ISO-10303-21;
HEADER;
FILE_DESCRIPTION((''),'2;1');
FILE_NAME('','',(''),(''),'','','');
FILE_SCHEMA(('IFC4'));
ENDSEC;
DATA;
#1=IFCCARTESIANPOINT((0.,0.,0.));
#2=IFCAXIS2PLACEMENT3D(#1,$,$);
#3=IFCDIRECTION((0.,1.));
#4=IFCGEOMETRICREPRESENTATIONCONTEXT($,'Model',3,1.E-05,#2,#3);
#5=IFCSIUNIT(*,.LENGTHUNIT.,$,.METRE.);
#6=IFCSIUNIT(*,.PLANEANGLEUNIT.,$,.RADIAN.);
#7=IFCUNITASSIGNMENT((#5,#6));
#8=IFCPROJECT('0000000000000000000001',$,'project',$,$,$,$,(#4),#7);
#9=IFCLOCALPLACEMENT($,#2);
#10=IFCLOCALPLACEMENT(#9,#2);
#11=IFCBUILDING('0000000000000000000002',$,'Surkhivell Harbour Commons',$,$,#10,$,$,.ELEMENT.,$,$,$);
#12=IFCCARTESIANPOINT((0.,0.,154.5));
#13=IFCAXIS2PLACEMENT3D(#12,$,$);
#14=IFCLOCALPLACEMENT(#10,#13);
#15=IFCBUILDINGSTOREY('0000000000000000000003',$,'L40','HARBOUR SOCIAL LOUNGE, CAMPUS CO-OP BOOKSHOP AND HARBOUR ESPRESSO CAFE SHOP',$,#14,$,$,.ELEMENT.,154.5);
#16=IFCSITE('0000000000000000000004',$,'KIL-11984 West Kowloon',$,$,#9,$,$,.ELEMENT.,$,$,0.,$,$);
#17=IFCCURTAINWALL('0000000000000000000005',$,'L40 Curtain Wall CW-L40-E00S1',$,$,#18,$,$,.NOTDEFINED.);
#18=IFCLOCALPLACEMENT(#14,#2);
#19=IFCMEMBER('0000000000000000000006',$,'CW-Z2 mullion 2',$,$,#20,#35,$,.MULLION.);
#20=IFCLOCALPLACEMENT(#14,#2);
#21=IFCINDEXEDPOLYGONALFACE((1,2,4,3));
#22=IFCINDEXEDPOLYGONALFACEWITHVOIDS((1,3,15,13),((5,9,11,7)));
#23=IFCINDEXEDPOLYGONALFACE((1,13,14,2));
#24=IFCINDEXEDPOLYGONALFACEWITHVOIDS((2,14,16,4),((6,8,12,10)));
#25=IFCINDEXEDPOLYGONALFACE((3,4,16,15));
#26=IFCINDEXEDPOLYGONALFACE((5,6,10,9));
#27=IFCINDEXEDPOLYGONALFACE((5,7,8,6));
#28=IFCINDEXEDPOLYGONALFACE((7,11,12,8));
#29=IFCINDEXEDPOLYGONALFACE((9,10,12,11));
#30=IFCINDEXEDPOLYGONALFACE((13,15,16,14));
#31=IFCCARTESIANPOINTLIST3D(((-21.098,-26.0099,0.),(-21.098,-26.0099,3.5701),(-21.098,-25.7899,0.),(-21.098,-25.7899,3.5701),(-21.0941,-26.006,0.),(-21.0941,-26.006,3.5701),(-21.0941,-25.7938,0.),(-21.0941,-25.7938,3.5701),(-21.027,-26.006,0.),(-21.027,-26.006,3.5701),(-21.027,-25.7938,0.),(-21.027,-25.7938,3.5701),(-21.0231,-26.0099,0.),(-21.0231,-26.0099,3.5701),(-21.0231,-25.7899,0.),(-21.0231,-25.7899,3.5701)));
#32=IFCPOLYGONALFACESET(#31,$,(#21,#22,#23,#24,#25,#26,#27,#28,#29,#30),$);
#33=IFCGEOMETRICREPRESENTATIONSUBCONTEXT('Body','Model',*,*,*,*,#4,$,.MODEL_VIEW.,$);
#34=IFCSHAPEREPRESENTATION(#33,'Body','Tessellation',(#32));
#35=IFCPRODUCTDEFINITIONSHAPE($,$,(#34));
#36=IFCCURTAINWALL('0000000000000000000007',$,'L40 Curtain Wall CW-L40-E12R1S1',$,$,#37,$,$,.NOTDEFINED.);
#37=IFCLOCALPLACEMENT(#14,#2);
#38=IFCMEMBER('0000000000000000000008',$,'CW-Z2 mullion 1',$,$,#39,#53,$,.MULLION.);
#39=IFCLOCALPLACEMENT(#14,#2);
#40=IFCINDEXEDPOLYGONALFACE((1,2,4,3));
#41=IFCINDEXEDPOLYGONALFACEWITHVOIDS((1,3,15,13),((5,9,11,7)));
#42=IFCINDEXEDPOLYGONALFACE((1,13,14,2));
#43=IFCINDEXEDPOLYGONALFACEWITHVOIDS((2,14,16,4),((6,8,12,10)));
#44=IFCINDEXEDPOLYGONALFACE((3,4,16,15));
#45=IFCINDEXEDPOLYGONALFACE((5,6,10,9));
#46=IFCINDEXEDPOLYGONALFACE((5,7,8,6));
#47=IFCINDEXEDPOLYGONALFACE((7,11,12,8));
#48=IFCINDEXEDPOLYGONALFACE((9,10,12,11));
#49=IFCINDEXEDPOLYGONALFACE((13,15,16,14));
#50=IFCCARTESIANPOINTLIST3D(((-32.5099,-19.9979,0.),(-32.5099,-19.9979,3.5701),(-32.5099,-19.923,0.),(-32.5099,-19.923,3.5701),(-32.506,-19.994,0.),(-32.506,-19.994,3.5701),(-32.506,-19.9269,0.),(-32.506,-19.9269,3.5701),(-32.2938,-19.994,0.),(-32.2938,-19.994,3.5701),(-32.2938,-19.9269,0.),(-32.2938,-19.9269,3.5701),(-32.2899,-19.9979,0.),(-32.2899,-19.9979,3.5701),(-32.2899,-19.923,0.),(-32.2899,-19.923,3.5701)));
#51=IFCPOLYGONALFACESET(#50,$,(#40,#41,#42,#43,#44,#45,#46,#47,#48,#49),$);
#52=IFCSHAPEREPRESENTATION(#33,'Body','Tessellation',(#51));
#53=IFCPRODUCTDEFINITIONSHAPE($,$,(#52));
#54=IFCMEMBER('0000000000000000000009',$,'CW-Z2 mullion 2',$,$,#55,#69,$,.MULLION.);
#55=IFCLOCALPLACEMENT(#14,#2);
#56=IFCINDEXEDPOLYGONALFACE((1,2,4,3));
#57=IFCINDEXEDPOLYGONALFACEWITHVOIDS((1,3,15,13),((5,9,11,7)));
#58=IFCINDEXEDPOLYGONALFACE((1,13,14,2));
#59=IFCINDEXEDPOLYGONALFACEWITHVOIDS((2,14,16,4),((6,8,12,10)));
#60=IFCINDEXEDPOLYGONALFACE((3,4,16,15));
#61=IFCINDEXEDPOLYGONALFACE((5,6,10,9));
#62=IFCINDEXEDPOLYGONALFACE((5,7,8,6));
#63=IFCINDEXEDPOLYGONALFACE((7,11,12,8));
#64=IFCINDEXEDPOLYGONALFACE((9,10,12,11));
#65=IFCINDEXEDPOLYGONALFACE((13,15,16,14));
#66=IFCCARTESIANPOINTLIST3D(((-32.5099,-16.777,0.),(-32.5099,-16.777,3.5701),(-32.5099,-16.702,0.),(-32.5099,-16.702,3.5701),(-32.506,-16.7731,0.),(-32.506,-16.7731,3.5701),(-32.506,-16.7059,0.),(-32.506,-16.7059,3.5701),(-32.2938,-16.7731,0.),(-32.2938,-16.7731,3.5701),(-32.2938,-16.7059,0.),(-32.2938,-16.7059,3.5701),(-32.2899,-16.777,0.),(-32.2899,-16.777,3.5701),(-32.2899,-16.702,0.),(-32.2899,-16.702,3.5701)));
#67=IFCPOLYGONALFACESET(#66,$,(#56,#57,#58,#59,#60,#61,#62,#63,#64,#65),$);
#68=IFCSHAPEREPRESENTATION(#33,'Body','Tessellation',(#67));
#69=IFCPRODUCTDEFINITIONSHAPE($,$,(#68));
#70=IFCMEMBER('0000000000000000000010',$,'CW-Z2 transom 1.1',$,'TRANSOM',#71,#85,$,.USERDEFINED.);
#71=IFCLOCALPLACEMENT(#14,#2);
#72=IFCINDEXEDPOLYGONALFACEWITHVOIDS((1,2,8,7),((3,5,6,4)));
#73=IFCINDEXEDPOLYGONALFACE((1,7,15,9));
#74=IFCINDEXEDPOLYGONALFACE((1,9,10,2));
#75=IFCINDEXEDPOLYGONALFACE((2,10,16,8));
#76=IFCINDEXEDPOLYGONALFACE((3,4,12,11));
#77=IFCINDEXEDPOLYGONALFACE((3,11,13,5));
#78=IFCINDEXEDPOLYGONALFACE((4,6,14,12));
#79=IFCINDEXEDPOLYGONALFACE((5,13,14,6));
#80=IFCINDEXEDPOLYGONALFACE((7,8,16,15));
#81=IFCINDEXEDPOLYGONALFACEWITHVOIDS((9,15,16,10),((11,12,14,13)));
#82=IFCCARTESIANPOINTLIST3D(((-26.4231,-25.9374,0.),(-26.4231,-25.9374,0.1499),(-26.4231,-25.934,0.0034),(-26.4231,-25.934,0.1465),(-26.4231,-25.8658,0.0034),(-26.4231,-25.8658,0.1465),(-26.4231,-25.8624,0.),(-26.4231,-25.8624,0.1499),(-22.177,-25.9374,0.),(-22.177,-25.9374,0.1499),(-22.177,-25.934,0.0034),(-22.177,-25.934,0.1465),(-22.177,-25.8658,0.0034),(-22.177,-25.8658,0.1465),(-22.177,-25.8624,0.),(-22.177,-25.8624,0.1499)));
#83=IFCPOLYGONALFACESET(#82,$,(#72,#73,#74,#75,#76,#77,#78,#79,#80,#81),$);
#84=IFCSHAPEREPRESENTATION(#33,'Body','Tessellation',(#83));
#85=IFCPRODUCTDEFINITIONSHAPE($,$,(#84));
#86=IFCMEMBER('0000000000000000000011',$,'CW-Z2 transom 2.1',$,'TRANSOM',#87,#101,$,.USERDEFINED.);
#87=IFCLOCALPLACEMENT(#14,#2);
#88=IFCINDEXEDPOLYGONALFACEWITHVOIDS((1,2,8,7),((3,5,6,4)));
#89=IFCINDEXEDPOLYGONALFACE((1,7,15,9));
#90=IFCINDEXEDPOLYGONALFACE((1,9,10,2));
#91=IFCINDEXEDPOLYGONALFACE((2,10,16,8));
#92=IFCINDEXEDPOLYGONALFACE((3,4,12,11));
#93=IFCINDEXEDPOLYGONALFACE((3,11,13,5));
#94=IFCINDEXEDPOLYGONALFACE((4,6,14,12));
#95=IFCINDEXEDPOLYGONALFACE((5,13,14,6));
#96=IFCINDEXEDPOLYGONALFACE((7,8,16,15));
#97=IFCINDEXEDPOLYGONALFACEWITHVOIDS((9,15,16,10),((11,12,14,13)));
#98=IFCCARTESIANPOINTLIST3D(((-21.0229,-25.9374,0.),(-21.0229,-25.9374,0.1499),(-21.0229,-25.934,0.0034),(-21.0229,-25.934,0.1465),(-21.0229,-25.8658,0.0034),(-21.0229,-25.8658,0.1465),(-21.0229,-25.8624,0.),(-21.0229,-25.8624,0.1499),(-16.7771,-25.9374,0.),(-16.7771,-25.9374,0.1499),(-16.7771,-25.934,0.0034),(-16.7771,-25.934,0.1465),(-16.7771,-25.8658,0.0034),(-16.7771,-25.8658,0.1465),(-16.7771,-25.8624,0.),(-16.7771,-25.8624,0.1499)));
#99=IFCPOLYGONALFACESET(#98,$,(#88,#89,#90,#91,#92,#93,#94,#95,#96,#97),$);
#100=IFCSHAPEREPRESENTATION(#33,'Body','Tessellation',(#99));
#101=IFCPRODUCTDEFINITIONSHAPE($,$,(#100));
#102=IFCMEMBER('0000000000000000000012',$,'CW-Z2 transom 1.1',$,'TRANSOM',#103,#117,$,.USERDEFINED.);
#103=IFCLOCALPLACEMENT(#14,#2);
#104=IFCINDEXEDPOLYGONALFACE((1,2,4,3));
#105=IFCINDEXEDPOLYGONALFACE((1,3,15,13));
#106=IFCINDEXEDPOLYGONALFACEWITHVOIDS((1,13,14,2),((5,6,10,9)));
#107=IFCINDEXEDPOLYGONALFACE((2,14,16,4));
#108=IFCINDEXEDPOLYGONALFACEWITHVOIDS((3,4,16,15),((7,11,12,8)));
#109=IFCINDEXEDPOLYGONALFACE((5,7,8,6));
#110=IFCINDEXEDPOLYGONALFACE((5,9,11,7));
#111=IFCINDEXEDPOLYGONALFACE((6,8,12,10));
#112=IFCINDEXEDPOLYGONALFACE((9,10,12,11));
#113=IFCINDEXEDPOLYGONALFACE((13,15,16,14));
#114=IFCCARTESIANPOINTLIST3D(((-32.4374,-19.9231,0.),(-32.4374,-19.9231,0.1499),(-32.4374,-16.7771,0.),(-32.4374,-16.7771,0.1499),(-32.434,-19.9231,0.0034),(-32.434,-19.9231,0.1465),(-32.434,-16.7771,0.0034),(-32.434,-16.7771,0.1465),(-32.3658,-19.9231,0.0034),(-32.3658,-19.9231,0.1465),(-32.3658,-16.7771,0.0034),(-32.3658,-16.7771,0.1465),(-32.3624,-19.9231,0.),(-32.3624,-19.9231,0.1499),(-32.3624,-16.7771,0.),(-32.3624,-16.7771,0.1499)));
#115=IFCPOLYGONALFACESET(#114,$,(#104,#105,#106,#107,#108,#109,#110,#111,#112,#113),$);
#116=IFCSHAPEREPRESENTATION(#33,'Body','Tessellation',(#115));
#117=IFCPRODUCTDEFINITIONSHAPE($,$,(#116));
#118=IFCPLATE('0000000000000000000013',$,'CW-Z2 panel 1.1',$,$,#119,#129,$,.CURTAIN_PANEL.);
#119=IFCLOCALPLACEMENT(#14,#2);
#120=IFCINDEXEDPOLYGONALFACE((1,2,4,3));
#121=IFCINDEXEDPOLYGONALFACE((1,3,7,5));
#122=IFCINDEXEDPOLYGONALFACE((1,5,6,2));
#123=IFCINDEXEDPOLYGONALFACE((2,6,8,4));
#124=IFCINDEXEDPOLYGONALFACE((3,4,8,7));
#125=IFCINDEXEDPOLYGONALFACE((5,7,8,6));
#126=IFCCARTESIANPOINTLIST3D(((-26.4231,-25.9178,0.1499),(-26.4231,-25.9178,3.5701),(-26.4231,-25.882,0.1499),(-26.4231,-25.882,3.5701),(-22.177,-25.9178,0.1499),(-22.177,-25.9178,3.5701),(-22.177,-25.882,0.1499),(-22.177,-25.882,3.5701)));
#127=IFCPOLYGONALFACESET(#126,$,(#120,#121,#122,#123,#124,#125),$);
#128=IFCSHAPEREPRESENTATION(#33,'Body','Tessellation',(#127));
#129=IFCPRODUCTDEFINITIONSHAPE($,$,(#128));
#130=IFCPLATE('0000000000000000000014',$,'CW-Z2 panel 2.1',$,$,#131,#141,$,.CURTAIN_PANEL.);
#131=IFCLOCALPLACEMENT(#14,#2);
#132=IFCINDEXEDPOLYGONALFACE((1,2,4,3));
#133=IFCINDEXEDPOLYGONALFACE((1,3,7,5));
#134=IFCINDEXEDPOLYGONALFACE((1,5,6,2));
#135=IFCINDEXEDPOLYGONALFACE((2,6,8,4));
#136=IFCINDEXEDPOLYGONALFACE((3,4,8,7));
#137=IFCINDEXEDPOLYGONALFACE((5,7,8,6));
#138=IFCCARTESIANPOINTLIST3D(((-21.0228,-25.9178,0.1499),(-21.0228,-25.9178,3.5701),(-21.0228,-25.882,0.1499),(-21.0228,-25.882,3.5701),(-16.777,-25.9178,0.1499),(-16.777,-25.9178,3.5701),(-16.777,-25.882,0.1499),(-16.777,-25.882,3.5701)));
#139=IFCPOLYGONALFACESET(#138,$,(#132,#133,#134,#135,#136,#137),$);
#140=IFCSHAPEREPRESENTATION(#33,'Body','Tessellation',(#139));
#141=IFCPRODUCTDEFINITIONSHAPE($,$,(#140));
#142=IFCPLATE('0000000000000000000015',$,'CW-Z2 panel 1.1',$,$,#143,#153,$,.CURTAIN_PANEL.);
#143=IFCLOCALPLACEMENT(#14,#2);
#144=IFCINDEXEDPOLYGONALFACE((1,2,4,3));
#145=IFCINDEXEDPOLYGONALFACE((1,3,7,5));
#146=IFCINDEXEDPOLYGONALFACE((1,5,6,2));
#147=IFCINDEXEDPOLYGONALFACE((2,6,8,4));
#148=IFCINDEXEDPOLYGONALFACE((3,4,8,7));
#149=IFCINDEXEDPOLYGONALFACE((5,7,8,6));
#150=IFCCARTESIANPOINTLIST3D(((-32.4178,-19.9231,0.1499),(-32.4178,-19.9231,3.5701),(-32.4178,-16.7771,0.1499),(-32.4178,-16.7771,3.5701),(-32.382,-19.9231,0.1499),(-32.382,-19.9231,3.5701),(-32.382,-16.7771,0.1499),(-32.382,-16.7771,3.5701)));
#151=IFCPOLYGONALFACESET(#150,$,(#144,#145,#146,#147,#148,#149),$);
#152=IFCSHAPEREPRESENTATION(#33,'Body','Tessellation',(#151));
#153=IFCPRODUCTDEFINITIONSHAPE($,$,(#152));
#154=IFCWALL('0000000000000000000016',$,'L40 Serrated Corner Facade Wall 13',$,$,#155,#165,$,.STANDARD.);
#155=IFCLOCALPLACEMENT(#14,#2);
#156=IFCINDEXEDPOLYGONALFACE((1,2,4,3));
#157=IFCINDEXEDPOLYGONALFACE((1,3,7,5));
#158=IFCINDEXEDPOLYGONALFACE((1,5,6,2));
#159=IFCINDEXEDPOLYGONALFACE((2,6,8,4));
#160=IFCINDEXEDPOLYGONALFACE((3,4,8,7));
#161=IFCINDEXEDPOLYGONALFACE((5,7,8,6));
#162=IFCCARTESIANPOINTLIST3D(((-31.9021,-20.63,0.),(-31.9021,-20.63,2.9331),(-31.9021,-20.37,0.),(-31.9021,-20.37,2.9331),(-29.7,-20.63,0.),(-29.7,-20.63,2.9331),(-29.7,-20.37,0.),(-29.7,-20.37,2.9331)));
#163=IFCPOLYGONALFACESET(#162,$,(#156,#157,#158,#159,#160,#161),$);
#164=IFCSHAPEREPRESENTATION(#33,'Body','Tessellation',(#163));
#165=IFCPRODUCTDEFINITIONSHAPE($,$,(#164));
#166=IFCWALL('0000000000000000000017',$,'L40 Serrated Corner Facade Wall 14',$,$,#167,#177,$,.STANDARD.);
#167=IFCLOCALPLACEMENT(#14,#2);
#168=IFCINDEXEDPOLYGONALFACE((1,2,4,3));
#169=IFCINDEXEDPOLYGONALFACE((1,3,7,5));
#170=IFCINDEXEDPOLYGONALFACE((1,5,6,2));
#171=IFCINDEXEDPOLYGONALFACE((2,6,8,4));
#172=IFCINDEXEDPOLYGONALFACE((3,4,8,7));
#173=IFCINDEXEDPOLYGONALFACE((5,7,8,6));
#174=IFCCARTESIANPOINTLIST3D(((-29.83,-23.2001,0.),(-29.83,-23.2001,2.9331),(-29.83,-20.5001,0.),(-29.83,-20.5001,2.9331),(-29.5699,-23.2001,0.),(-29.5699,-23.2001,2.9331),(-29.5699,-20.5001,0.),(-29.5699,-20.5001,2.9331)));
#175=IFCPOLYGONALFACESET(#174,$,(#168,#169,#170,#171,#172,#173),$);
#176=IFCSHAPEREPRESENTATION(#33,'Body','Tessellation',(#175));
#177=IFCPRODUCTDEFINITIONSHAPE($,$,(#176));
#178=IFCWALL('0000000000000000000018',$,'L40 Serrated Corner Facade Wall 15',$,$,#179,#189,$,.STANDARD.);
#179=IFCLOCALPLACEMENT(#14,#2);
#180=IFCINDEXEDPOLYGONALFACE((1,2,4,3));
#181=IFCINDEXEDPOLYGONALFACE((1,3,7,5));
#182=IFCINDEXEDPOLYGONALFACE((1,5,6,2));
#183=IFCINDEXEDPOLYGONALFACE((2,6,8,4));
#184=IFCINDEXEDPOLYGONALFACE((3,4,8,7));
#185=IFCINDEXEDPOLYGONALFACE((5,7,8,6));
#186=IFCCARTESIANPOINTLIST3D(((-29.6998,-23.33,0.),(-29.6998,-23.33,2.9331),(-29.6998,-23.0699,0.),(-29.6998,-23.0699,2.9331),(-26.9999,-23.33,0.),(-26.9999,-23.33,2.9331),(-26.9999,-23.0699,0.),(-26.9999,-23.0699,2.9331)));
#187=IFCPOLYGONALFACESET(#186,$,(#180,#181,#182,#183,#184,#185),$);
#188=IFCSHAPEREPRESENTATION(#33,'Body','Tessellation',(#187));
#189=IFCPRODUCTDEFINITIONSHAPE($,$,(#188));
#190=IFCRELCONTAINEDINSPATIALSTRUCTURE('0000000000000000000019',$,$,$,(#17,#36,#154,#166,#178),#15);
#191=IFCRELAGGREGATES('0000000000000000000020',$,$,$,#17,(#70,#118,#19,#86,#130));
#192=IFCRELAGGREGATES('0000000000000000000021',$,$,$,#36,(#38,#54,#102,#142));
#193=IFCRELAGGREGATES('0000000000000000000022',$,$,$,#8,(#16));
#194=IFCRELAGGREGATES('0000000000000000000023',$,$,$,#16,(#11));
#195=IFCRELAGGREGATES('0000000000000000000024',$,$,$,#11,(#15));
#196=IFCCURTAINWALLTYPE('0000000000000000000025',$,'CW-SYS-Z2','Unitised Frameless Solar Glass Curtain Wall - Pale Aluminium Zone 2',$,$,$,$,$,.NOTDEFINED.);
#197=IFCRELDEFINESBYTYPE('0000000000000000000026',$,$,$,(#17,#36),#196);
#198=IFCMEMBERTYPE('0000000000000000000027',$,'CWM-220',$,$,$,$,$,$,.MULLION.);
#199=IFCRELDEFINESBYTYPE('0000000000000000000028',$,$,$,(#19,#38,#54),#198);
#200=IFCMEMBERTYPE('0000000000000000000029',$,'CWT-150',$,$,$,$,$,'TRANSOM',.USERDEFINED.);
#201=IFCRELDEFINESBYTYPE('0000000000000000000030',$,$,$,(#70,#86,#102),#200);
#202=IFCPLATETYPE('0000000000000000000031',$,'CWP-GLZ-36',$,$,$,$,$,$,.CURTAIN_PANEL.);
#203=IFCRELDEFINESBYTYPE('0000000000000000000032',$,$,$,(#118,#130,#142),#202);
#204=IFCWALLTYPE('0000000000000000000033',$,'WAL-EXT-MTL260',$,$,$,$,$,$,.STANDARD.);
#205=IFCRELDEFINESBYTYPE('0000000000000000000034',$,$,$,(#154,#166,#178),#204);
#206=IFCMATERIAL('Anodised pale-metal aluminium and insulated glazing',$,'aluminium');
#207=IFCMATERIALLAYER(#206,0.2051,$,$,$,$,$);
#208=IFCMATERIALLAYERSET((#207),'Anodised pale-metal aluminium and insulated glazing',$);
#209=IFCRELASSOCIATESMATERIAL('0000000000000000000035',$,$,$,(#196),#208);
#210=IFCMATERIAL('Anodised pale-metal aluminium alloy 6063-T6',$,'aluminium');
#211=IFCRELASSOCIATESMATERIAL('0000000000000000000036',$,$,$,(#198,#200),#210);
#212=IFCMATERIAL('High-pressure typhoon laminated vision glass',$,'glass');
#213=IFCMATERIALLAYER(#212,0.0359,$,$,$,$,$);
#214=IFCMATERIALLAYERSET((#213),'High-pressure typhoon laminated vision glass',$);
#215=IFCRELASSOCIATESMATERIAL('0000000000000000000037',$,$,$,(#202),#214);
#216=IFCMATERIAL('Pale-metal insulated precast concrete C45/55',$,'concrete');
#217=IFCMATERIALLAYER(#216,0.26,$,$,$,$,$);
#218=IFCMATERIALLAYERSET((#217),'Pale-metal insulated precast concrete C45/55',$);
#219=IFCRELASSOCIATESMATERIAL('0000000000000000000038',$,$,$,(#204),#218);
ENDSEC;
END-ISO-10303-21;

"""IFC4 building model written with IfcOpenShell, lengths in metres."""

from ifc_helpers import new_model, si_unit, direction, frame, frame_2d, origin, origin_2d, place, context, subcontext, project, spatial, rectangle, hollow_rectangle, extrude, material, layer, layer_set, material_profile, profile_set, type_object, element, aggregate, save


model = new_model("IFC4")

# Units and contexts
model_context = context("Model", 3, precision=1e-05, world=origin(), true_north=direction((0.0, 1.0)))
body_context = subcontext(model_context, "Body", "Model", "MODEL_VIEW")
ifc_project = project(units=[si_unit("LENGTHUNIT", "METRE"), si_unit("PLANEANGLEUNIT", "RADIAN")], contexts=[model_context])

# Site, building, storey
site_placement = place(None, origin())
site = spatial("IfcSite", under=ifc_project, at=site_placement, Name="KIL-11984 West Kowloon", CompositionType="ELEMENT", RefElevation=0.0)
building_placement = place(site_placement, origin())
building = spatial("IfcBuilding", under=site, at=building_placement, Name="Surkhivell Harbour Commons", CompositionType="ELEMENT")
storey_placement = place(building_placement, frame((0.0, 0.0, 154.5)))
storey = spatial("IfcBuildingStorey", under=building, at=storey_placement, Name="L40", Description="HARBOUR SOCIAL LOUNGE, CAMPUS CO-OP BOOKSHOP AND HARBOUR ESPRESSO CAFE SHOP", CompositionType="ELEMENT", Elevation=154.5)

# Curtain walls, members
ifc_material_1 = material(Name="Anodised pale-metal aluminium and insulated glazing", Category="aluminium")
ifc_layer_1 = layer(ifc_material_1, 0.2051)
ifc_layer_set_1 = layer_set([ifc_layer_1], Name="Anodised pale-metal aluminium and insulated glazing")
curtain_wall_type = type_object("IfcCurtainWallType", Name="CW-SYS-Z2", Description="Unitised Frameless Solar Glass Curtain Wall - Pale Aluminium Zone 2", PredefinedType="NOTDEFINED", material=ifc_layer_set_1)
curtain_wall_1_placement = place(storey_placement, origin())
curtain_wall_1 = element("IfcCurtainWall", 1, at=curtain_wall_1_placement, inside=storey, type_object=curtain_wall_type, Name="L40 Curtain Wall CW-L40-E00S1", PredefinedType="NOTDEFINED")
ifc_material_2 = material(Name="Anodised pale-metal aluminium alloy 6063-T6", Category="aluminium")
ifc_material_profile_1 = material_profile(ifc_material_2, hollow_rectangle(XDim=0.075, YDim=0.22, WallThickness=0.0039, at=origin_2d()), Name="ALU-MULL-75x220")
ifc_profile_set_1 = profile_set([ifc_material_profile_1], Name="Anodised pale-metal aluminium alloy 6063-T6")
member_type_1 = type_object("IfcMemberType", Name="CWM-220", PredefinedType="MULLION", material=ifc_profile_set_1)
member_1_placement = place(storey_placement, frame((-21.0605, -25.8999, 0.0), z_axis=(0.0, 0.0, 1.0), x_axis=(1.0, 0.0, 0.0)))
member_1 = element("IfcMember", 2, at=member_1_placement, type_object=member_type_1, Name="CW-Z2 mullion 2", PredefinedType="MULLION", context=body_context, shape_type="SweptSolid", body=[
    extrude(hollow_rectangle(XDim=0.075, YDim=0.22, WallThickness=0.0039, at=origin_2d()), origin(), (0.0, 0.0, 1.0), 3.5701),
])
curtain_wall_2_placement = place(storey_placement, origin())
curtain_wall_2 = element("IfcCurtainWall", 3, at=curtain_wall_2_placement, inside=storey, type_object=curtain_wall_type, Name="L40 Curtain Wall CW-L40-E12R1S1", PredefinedType="NOTDEFINED")
member_2_placement = place(storey_placement, frame((-32.3999, -19.9604, 0.0), z_axis=(0.0, 0.0, 1.0), x_axis=(0.0, 1.0, 0.0)))
member_2 = element("IfcMember", 4, at=member_2_placement, type_object=member_type_1, Name="CW-Z2 mullion 1", PredefinedType="MULLION", context=body_context, shape_type="SweptSolid", body=[
    extrude(hollow_rectangle(XDim=0.075, YDim=0.22, WallThickness=0.0039, at=origin_2d()), origin(), (0.0, 0.0, 1.0), 3.5701),
])
member_3_placement = place(storey_placement, frame((-32.3999, -16.7395, 0.0), z_axis=(0.0, 0.0, 1.0), x_axis=(0.0, 1.0, 0.0)))
member_3 = element("IfcMember", 5, at=member_3_placement, type_object=member_type_1, Name="CW-Z2 mullion 2", PredefinedType="MULLION", context=body_context, shape_type="SweptSolid", body=[
    extrude(hollow_rectangle(XDim=0.075, YDim=0.22, WallThickness=0.0039, at=origin_2d()), origin(), (0.0, 0.0, 1.0), 3.5701),
])

# Members
ifc_material_profile_2 = material_profile(ifc_material_2, hollow_rectangle(XDim=0.075, YDim=0.1499, WallThickness=0.0034, at=origin_2d()), Name="ALU-TRAN-75x150")
ifc_profile_set_2 = profile_set([ifc_material_profile_2], Name="Anodised pale-metal aluminium alloy 6063-T6")
member_type_2 = type_object("IfcMemberType", Name="CWT-150", ElementType="TRANSOM", PredefinedType="USERDEFINED", material=ifc_profile_set_2)
member_4_placement = place(storey_placement, frame((-26.4231, -25.8999, 0.075), z_axis=(1.0, 0.0, 0.0), x_axis=(0.0, 1.0, 0.0)))
member_4 = element("IfcMember", 6, at=member_4_placement, type_object=member_type_2, Name="CW-Z2 transom 1.1", ObjectType="TRANSOM", PredefinedType="USERDEFINED", context=body_context, shape_type="SweptSolid", body=[
    extrude(hollow_rectangle(XDim=0.075, YDim=0.1499, WallThickness=0.0034, at=origin_2d()), origin(), (0.0, 0.0, 1.0), 4.2461),
])
member_5_placement = place(storey_placement, frame((-21.0229, -25.8999, 0.075), z_axis=(1.0, 0.0, 0.0), x_axis=(0.0, 1.0, 0.0)))
member_5 = element("IfcMember", 7, at=member_5_placement, type_object=member_type_2, Name="CW-Z2 transom 2.1", ObjectType="TRANSOM", PredefinedType="USERDEFINED", context=body_context, shape_type="SweptSolid", body=[
    extrude(hollow_rectangle(XDim=0.075, YDim=0.1499, WallThickness=0.0034, at=origin_2d()), origin(), (0.0, 0.0, 1.0), 4.2458),
])
member_6_placement = place(storey_placement, frame((-32.3999, -19.9231, 0.075), z_axis=(0.0, 1.0, 0.0), x_axis=(-1.0, 0.0, 0.0)))
member_6 = element("IfcMember", 8, at=member_6_placement, type_object=member_type_2, Name="CW-Z2 transom 1.1", ObjectType="TRANSOM", PredefinedType="USERDEFINED", context=body_context, shape_type="SweptSolid", body=[
    extrude(hollow_rectangle(XDim=0.075, YDim=0.1499, WallThickness=0.0034, at=origin_2d()), origin(), (0.0, 0.0, 1.0), 3.146),
])

# Plates
ifc_material_3 = material(Name="High-pressure typhoon laminated vision glass", Category="glass")
ifc_layer_2 = layer(ifc_material_3, 0.0359)
ifc_layer_set_2 = layer_set([ifc_layer_2], Name="High-pressure typhoon laminated vision glass")
plate_type = type_object("IfcPlateType", Name="CWP-GLZ-36", PredefinedType="CURTAIN_PANEL", material=ifc_layer_set_2)
plate_1_placement = place(storey_placement, frame((-26.4231, -25.8999, 0.1499), z_axis=(0.0, 0.0, 1.0), x_axis=(1.0, 0.0, 0.0)))
plate_1 = element("IfcPlate", 9, at=plate_1_placement, type_object=plate_type, Name="CW-Z2 panel 1.1", PredefinedType="CURTAIN_PANEL", context=body_context, shape_type="SweptSolid", body=[
    extrude(rectangle(XDim=4.2461, YDim=0.0359, at=frame_2d((2.123, 0.0))), origin(), (0.0, 0.0, 1.0), 3.4202),
])
plate_2_placement = place(storey_placement, frame((-21.0229, -25.8999, 0.1499), z_axis=(0.0, 0.0, 1.0), x_axis=(1.0, 0.0, 0.0)))
plate_2 = element("IfcPlate", 10, at=plate_2_placement, type_object=plate_type, Name="CW-Z2 panel 2.1", PredefinedType="CURTAIN_PANEL", context=body_context, shape_type="SweptSolid", body=[
    extrude(rectangle(XDim=4.2458, YDim=0.0359, at=frame_2d((2.123, 0.0))), origin(), (0.0, 0.0, 1.0), 3.4202),
])
aggregate(curtain_wall_1, [member_4, plate_1, member_1, member_5, plate_2])
plate_3_placement = place(storey_placement, frame((-32.3999, -19.9231, 0.1499), z_axis=(0.0, 0.0, 1.0), x_axis=(0.0, 1.0, 0.0)))
plate_3 = element("IfcPlate", 11, at=plate_3_placement, type_object=plate_type, Name="CW-Z2 panel 1.1", PredefinedType="CURTAIN_PANEL", context=body_context, shape_type="SweptSolid", body=[
    extrude(rectangle(XDim=3.146, YDim=0.0359, at=frame_2d((1.573, 0.0))), origin(), (0.0, 0.0, 1.0), 3.4202),
])
aggregate(curtain_wall_2, [member_2, member_3, member_6, plate_3])

# Walls
ifc_material_4 = material(Name="Pale-metal insulated precast concrete C45/55", Category="concrete")
ifc_layer_3 = layer(ifc_material_4, 0.26)
ifc_layer_set_3 = layer_set([ifc_layer_3], Name="Pale-metal insulated precast concrete C45/55")
wall_type = type_object("IfcWallType", Name="WAL-EXT-MTL260", PredefinedType="STANDARD", material=ifc_layer_set_3)
wall_1_placement = place(storey_placement, frame((-31.9021, -20.5, 0.0), z_axis=(0.0, 0.0, 1.0), x_axis=(1.0, 0.0, 0.0)))
element("IfcWall", 12, at=wall_1_placement, inside=storey, type_object=wall_type, Name="L40 Serrated Corner Facade Wall 13", PredefinedType="STANDARD", context=body_context, shape_type="SweptSolid", body=[
    extrude(rectangle(XDim=2.2021, YDim=0.26, at=frame_2d((1.1011, 0.0))), origin(), (0.0, 0.0, 1.0), 2.9331),
])
for number, where, z_axis, x_axis, name in (
    (13, (-29.7, -20.5, 0.0), (0.0, 0.0, 1.0), (0.0, -1.0, 0.0), "L40 Serrated Corner Facade Wall 14"),
    (14, (-29.7, -23.2, 0.0), (0.0, 0.0, 1.0), (1.0, 0.0, 0.0), "L40 Serrated Corner Facade Wall 15"),
):
    element("IfcWall", number, at=place(storey_placement, frame(where, z_axis=z_axis, x_axis=x_axis)), inside=storey, type_object=wall_type, Name=name, PredefinedType="STANDARD", context=body_context, shape_type="SweptSolid", body=[
        extrude(rectangle(XDim=2.7, YDim=0.26, at=frame_2d((1.3501, 0.0))), origin(), (0.0, 0.0, 1.0), 2.9331),
    ])

save(model, "model.ifc")
